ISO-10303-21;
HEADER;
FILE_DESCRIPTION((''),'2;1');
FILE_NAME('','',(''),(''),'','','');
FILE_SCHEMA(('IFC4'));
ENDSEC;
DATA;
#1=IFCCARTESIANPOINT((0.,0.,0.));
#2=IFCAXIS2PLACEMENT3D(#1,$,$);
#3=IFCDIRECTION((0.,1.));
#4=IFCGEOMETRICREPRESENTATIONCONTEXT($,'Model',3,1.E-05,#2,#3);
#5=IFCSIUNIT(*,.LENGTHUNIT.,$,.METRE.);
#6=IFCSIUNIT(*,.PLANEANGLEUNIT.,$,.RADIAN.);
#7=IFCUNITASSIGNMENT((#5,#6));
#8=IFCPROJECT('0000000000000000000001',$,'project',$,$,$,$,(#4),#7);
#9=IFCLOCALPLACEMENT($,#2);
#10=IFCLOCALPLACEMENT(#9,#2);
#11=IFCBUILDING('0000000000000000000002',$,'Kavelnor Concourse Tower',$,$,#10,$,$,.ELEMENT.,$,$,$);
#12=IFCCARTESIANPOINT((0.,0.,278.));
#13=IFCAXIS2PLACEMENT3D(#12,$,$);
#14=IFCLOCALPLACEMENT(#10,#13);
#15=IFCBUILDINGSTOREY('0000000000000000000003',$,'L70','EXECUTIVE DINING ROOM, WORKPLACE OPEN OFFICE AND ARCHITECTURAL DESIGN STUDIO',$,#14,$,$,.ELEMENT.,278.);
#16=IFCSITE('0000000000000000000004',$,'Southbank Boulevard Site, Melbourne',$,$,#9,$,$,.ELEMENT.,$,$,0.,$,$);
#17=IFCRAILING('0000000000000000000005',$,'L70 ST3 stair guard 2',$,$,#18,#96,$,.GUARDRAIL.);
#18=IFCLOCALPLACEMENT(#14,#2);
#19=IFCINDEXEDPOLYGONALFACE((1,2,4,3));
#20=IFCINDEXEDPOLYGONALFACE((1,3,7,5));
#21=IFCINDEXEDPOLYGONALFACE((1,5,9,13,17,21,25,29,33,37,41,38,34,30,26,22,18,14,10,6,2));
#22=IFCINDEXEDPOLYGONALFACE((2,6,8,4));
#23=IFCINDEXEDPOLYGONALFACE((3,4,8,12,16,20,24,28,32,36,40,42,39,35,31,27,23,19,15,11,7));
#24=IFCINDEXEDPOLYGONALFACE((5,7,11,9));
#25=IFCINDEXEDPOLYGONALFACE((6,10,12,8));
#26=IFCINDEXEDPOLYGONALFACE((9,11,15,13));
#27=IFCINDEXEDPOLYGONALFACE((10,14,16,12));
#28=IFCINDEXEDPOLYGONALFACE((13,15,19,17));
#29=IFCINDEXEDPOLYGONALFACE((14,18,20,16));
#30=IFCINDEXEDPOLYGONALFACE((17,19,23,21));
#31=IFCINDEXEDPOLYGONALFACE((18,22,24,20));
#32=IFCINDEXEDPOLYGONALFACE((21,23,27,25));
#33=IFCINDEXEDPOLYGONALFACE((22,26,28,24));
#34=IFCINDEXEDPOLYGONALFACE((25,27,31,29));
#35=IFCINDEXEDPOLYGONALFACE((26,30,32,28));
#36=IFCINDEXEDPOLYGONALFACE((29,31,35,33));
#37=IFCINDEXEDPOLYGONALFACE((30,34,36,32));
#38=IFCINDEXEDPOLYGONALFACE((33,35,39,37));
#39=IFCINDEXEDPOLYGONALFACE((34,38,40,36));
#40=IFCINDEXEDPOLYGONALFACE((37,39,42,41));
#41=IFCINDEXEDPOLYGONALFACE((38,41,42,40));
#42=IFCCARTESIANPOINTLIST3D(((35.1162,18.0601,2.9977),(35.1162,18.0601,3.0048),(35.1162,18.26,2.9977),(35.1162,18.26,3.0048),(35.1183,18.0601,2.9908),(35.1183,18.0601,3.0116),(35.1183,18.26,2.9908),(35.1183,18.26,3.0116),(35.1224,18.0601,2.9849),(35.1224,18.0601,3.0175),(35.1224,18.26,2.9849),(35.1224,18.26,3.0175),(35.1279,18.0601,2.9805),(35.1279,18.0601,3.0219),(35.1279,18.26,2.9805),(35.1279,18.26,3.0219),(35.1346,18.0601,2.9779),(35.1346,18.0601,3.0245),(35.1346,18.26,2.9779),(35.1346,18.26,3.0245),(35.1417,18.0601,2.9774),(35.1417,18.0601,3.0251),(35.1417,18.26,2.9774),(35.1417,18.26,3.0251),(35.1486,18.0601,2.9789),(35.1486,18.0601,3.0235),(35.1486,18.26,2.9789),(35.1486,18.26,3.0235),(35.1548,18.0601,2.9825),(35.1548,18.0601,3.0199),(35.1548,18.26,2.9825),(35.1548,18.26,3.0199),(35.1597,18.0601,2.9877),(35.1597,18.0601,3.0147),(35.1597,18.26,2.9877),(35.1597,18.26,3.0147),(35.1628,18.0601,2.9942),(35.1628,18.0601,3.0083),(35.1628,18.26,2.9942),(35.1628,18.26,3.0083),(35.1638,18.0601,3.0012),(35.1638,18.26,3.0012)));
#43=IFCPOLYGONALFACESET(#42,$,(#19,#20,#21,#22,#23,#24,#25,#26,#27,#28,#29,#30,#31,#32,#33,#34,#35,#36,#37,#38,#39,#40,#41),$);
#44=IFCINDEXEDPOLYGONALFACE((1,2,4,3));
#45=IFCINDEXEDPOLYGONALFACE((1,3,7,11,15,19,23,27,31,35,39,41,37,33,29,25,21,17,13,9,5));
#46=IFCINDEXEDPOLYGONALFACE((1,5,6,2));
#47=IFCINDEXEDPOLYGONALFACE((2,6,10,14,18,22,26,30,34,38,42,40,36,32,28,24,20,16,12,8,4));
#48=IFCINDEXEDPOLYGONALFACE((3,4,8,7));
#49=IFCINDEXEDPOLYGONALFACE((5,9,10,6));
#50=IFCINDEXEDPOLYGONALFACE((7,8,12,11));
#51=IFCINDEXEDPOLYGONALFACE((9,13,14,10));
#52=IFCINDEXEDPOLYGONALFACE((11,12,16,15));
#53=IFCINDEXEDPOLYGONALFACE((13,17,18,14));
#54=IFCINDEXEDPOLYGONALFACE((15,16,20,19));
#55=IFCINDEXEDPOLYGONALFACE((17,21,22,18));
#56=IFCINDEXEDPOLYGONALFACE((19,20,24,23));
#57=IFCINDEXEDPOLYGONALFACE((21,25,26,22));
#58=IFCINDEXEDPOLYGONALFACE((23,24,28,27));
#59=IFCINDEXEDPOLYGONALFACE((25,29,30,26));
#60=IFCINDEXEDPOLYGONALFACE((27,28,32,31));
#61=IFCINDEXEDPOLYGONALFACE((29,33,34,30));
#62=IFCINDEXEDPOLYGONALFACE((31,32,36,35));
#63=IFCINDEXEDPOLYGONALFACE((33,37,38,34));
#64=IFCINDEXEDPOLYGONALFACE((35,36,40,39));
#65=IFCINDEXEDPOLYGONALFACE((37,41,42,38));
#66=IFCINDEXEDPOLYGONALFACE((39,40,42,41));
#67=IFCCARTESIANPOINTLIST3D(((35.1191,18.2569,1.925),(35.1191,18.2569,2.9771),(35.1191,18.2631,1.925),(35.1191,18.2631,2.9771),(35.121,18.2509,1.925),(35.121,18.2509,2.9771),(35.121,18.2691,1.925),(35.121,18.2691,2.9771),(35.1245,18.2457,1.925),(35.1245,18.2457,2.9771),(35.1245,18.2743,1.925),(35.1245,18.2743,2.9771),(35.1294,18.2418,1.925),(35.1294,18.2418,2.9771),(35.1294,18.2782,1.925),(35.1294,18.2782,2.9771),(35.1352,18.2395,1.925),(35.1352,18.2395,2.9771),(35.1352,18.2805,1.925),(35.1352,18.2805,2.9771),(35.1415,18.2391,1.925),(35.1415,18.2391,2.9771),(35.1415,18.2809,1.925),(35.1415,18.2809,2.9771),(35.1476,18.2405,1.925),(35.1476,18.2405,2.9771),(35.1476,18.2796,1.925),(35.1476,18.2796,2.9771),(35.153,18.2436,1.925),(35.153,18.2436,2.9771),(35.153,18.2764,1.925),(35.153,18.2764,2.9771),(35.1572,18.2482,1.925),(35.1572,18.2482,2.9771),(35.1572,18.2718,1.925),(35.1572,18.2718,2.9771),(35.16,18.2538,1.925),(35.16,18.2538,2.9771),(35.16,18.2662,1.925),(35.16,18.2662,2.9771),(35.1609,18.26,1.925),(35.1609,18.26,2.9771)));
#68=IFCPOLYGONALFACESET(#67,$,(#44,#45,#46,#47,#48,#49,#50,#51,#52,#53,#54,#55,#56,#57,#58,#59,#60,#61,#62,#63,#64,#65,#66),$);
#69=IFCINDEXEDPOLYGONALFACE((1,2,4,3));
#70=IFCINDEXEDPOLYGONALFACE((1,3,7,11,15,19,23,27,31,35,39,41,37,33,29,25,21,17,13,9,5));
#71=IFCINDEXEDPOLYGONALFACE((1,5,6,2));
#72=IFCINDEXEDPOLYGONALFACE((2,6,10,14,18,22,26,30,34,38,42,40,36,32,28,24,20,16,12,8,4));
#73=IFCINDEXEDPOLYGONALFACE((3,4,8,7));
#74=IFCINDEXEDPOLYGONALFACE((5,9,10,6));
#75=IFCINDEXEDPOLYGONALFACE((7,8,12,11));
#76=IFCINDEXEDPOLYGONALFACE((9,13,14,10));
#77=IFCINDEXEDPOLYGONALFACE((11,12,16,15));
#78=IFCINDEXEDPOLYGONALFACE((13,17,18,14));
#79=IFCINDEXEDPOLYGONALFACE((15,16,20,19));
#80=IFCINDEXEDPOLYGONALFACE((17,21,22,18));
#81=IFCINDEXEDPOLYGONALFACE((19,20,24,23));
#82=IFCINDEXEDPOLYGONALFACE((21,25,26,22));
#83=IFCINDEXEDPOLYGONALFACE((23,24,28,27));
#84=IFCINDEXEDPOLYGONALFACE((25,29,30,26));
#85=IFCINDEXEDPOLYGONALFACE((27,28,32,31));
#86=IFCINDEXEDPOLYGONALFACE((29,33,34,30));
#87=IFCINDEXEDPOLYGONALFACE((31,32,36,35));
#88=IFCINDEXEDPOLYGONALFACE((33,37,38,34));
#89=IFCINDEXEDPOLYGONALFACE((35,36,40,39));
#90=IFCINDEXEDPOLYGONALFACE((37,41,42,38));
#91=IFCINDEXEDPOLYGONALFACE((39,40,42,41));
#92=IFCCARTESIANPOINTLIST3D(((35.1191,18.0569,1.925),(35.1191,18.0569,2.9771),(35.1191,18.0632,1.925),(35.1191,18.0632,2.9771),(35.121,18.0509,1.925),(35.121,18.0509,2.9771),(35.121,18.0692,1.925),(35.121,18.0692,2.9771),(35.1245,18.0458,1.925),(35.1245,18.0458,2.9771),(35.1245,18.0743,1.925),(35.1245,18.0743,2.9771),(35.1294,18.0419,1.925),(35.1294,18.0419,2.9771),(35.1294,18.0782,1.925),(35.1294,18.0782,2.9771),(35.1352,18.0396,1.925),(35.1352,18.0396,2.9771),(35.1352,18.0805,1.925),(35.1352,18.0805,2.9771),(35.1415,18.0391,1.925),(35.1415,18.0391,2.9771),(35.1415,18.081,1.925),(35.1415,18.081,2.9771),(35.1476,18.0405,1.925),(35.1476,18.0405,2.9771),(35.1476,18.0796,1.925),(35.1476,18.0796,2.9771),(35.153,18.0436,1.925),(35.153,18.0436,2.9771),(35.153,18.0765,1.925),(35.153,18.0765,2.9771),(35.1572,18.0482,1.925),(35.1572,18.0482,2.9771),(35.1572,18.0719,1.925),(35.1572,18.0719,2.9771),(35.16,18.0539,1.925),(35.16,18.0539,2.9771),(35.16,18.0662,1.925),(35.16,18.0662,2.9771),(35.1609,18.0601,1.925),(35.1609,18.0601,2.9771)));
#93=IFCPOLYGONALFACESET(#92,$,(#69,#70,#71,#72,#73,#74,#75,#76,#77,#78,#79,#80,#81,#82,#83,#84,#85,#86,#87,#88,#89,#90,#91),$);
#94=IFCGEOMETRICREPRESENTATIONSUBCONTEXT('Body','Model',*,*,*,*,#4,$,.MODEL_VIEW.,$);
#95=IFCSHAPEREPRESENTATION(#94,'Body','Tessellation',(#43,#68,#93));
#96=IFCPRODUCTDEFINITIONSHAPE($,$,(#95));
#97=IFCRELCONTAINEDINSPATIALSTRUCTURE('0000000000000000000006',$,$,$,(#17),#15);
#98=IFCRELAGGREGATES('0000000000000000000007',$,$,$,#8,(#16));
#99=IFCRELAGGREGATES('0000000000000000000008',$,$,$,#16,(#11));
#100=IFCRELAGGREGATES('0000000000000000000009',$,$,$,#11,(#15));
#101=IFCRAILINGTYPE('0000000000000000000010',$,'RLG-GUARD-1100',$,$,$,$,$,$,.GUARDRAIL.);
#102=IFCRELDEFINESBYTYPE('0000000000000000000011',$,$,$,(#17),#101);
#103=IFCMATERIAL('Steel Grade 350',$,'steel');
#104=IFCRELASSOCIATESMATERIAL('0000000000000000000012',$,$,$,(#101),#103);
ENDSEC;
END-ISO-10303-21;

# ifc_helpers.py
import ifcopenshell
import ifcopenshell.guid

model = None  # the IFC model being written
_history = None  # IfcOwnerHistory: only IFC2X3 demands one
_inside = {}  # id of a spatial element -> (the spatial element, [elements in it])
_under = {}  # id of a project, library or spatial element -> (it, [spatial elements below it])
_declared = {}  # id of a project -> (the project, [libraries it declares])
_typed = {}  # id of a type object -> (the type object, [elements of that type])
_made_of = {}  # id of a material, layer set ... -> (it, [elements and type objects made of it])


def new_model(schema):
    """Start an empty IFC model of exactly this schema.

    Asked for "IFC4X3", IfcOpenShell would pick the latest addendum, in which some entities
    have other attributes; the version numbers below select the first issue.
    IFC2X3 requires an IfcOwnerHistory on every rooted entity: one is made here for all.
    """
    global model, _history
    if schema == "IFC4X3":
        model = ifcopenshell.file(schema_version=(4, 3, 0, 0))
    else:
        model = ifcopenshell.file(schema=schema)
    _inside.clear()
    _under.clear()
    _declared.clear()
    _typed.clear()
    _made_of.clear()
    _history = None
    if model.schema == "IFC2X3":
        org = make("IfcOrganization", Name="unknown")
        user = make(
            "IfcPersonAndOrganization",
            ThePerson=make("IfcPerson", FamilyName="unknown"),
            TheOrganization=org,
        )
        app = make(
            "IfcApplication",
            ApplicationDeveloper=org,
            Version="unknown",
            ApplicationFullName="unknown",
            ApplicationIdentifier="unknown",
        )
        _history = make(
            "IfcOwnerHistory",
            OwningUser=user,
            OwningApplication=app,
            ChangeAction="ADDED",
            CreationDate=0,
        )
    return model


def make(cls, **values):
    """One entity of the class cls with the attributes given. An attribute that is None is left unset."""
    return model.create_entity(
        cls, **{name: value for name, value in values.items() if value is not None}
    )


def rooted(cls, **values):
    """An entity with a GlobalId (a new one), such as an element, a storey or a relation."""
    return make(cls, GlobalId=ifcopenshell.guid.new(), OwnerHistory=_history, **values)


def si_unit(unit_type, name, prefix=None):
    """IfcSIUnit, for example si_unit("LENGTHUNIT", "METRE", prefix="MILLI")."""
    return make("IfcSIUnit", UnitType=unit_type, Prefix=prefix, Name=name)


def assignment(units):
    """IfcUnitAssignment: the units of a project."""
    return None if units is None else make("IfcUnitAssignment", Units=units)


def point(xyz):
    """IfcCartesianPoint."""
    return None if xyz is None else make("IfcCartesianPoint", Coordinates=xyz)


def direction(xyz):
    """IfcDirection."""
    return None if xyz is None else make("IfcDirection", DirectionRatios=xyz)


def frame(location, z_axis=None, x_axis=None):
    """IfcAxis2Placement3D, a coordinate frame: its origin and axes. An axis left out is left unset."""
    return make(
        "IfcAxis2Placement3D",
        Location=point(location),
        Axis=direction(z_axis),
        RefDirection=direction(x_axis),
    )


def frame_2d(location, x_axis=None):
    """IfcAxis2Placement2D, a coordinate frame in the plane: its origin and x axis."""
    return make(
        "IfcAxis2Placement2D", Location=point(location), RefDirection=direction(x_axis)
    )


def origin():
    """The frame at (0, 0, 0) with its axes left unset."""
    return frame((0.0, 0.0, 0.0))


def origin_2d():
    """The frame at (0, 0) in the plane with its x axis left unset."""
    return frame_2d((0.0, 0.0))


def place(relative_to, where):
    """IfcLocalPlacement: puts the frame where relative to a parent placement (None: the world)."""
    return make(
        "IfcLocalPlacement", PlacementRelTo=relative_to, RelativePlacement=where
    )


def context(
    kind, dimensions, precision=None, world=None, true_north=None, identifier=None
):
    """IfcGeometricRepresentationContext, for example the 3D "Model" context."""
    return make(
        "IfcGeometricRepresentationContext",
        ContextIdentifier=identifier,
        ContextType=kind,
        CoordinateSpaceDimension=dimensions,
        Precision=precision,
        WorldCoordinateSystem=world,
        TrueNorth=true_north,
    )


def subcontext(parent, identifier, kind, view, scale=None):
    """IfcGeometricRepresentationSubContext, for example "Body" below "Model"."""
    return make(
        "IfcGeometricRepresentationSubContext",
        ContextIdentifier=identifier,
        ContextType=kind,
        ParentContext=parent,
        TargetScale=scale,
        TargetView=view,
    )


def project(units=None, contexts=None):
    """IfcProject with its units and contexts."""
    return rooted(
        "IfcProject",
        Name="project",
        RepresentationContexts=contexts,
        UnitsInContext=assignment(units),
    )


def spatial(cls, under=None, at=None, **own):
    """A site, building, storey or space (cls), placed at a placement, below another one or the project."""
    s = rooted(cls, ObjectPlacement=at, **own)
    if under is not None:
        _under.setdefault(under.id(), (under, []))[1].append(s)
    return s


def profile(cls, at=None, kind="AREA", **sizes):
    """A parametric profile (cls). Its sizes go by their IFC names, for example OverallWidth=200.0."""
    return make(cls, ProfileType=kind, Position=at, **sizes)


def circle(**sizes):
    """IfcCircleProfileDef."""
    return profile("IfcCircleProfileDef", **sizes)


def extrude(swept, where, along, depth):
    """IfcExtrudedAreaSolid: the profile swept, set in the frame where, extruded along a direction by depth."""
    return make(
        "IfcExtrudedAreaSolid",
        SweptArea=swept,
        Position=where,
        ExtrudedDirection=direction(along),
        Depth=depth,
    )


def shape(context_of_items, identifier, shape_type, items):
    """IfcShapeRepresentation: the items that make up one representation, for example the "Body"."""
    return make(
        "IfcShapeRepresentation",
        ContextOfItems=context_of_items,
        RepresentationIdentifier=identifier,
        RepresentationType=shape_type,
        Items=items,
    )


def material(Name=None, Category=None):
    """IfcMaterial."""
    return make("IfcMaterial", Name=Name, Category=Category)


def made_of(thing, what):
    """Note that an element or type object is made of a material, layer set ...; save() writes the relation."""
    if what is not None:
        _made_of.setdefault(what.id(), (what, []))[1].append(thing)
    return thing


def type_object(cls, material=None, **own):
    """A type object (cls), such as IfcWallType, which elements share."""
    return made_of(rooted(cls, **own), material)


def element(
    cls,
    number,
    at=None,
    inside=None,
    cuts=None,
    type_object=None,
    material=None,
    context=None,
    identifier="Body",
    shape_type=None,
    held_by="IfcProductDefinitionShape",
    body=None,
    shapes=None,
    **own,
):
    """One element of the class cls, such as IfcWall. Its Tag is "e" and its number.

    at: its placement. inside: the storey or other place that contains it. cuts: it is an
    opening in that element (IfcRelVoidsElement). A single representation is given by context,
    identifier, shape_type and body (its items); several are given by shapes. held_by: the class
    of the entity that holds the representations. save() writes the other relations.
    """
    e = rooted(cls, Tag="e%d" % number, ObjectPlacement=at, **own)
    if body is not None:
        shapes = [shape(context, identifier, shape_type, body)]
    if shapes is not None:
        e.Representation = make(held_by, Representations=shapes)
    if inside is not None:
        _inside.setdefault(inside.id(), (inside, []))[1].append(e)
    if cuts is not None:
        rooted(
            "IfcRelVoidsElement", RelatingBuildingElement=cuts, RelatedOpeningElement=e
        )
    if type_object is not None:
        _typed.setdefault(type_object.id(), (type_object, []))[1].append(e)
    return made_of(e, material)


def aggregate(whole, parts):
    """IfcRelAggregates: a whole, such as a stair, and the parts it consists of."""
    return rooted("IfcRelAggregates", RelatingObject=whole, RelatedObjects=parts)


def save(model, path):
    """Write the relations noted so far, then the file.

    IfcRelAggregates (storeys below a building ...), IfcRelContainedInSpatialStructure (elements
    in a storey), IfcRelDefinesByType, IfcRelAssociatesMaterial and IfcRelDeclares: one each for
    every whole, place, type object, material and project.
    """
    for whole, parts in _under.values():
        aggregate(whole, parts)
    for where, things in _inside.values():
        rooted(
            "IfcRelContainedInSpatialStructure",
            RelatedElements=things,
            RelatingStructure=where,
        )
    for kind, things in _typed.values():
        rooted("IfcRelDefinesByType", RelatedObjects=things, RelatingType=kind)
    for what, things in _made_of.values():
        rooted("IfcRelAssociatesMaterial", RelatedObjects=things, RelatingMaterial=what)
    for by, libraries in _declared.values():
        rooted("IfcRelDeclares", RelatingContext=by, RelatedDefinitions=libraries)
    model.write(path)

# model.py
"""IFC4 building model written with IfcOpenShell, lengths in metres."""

from ifc_helpers import new_model, si_unit, direction, frame, origin, origin_2d, place, context, subcontext, project, spatial, circle, extrude, material, type_object, element, save


model = new_model("IFC4")

# Units and contexts
model_context = context("Model", 3, precision=1e-05, world=origin(), true_north=direction((0.0, 1.0)))
body_context = subcontext(model_context, "Body", "Model", "MODEL_VIEW")
ifc_project = project(units=[si_unit("LENGTHUNIT", "METRE"), si_unit("PLANEANGLEUNIT", "RADIAN")], contexts=[model_context])

# Site, building, storey
site_placement = place(None, origin())
site = spatial("IfcSite", under=ifc_project, at=site_placement, Name="Southbank Boulevard Site, Melbourne", CompositionType="ELEMENT", RefElevation=0.0)
building_placement = place(site_placement, origin())
building = spatial("IfcBuilding", under=site, at=building_placement, Name="Kavelnor Concourse Tower", CompositionType="ELEMENT")
storey_placement = place(building_placement, frame((0.0, 0.0, 278.0)))
storey = spatial("IfcBuildingStorey", under=building, at=storey_placement, Name="L70", Description="EXECUTIVE DINING ROOM, WORKPLACE OPEN OFFICE AND ARCHITECTURAL DESIGN STUDIO", CompositionType="ELEMENT", Elevation=278.0)

# Shared definitions
ifc_material_1 = material(Name="Steel Grade 350", Category="steel")

# Railing
railing_type_1 = type_object("IfcRailingType", Name="RLG-GUARD-1100", PredefinedType="GUARDRAIL", material=ifc_material_1)
railing_1_placement = place(storey_placement, frame((35.1399, 18.26, 1.925)))
element("IfcRailing", 1, at=railing_1_placement, inside=storey, type_object=railing_type_1, Name="L70 ST3 stair guard 2", PredefinedType="GUARDRAIL", context=body_context, shape_type="SweptSolid", body=[
    extrude(circle(Radius=0.0239, at=origin_2d()), frame((0.0, 0.0, 1.0762), z_axis=(0.0, -1.0, 0.0), x_axis=(1.0, 0.0, 0.0)), (0.0, 0.0, 1.0), 0.2),
    extrude(circle(Radius=0.021, at=origin_2d()), origin(), (0.0, 0.0, 1.0), 1.052),
    extrude(circle(Radius=0.021, at=origin_2d()), frame((0.0, -0.2, 0.0)), (0.0, 0.0, 1.0), 1.052),
])

save(model, "model.ifc")
